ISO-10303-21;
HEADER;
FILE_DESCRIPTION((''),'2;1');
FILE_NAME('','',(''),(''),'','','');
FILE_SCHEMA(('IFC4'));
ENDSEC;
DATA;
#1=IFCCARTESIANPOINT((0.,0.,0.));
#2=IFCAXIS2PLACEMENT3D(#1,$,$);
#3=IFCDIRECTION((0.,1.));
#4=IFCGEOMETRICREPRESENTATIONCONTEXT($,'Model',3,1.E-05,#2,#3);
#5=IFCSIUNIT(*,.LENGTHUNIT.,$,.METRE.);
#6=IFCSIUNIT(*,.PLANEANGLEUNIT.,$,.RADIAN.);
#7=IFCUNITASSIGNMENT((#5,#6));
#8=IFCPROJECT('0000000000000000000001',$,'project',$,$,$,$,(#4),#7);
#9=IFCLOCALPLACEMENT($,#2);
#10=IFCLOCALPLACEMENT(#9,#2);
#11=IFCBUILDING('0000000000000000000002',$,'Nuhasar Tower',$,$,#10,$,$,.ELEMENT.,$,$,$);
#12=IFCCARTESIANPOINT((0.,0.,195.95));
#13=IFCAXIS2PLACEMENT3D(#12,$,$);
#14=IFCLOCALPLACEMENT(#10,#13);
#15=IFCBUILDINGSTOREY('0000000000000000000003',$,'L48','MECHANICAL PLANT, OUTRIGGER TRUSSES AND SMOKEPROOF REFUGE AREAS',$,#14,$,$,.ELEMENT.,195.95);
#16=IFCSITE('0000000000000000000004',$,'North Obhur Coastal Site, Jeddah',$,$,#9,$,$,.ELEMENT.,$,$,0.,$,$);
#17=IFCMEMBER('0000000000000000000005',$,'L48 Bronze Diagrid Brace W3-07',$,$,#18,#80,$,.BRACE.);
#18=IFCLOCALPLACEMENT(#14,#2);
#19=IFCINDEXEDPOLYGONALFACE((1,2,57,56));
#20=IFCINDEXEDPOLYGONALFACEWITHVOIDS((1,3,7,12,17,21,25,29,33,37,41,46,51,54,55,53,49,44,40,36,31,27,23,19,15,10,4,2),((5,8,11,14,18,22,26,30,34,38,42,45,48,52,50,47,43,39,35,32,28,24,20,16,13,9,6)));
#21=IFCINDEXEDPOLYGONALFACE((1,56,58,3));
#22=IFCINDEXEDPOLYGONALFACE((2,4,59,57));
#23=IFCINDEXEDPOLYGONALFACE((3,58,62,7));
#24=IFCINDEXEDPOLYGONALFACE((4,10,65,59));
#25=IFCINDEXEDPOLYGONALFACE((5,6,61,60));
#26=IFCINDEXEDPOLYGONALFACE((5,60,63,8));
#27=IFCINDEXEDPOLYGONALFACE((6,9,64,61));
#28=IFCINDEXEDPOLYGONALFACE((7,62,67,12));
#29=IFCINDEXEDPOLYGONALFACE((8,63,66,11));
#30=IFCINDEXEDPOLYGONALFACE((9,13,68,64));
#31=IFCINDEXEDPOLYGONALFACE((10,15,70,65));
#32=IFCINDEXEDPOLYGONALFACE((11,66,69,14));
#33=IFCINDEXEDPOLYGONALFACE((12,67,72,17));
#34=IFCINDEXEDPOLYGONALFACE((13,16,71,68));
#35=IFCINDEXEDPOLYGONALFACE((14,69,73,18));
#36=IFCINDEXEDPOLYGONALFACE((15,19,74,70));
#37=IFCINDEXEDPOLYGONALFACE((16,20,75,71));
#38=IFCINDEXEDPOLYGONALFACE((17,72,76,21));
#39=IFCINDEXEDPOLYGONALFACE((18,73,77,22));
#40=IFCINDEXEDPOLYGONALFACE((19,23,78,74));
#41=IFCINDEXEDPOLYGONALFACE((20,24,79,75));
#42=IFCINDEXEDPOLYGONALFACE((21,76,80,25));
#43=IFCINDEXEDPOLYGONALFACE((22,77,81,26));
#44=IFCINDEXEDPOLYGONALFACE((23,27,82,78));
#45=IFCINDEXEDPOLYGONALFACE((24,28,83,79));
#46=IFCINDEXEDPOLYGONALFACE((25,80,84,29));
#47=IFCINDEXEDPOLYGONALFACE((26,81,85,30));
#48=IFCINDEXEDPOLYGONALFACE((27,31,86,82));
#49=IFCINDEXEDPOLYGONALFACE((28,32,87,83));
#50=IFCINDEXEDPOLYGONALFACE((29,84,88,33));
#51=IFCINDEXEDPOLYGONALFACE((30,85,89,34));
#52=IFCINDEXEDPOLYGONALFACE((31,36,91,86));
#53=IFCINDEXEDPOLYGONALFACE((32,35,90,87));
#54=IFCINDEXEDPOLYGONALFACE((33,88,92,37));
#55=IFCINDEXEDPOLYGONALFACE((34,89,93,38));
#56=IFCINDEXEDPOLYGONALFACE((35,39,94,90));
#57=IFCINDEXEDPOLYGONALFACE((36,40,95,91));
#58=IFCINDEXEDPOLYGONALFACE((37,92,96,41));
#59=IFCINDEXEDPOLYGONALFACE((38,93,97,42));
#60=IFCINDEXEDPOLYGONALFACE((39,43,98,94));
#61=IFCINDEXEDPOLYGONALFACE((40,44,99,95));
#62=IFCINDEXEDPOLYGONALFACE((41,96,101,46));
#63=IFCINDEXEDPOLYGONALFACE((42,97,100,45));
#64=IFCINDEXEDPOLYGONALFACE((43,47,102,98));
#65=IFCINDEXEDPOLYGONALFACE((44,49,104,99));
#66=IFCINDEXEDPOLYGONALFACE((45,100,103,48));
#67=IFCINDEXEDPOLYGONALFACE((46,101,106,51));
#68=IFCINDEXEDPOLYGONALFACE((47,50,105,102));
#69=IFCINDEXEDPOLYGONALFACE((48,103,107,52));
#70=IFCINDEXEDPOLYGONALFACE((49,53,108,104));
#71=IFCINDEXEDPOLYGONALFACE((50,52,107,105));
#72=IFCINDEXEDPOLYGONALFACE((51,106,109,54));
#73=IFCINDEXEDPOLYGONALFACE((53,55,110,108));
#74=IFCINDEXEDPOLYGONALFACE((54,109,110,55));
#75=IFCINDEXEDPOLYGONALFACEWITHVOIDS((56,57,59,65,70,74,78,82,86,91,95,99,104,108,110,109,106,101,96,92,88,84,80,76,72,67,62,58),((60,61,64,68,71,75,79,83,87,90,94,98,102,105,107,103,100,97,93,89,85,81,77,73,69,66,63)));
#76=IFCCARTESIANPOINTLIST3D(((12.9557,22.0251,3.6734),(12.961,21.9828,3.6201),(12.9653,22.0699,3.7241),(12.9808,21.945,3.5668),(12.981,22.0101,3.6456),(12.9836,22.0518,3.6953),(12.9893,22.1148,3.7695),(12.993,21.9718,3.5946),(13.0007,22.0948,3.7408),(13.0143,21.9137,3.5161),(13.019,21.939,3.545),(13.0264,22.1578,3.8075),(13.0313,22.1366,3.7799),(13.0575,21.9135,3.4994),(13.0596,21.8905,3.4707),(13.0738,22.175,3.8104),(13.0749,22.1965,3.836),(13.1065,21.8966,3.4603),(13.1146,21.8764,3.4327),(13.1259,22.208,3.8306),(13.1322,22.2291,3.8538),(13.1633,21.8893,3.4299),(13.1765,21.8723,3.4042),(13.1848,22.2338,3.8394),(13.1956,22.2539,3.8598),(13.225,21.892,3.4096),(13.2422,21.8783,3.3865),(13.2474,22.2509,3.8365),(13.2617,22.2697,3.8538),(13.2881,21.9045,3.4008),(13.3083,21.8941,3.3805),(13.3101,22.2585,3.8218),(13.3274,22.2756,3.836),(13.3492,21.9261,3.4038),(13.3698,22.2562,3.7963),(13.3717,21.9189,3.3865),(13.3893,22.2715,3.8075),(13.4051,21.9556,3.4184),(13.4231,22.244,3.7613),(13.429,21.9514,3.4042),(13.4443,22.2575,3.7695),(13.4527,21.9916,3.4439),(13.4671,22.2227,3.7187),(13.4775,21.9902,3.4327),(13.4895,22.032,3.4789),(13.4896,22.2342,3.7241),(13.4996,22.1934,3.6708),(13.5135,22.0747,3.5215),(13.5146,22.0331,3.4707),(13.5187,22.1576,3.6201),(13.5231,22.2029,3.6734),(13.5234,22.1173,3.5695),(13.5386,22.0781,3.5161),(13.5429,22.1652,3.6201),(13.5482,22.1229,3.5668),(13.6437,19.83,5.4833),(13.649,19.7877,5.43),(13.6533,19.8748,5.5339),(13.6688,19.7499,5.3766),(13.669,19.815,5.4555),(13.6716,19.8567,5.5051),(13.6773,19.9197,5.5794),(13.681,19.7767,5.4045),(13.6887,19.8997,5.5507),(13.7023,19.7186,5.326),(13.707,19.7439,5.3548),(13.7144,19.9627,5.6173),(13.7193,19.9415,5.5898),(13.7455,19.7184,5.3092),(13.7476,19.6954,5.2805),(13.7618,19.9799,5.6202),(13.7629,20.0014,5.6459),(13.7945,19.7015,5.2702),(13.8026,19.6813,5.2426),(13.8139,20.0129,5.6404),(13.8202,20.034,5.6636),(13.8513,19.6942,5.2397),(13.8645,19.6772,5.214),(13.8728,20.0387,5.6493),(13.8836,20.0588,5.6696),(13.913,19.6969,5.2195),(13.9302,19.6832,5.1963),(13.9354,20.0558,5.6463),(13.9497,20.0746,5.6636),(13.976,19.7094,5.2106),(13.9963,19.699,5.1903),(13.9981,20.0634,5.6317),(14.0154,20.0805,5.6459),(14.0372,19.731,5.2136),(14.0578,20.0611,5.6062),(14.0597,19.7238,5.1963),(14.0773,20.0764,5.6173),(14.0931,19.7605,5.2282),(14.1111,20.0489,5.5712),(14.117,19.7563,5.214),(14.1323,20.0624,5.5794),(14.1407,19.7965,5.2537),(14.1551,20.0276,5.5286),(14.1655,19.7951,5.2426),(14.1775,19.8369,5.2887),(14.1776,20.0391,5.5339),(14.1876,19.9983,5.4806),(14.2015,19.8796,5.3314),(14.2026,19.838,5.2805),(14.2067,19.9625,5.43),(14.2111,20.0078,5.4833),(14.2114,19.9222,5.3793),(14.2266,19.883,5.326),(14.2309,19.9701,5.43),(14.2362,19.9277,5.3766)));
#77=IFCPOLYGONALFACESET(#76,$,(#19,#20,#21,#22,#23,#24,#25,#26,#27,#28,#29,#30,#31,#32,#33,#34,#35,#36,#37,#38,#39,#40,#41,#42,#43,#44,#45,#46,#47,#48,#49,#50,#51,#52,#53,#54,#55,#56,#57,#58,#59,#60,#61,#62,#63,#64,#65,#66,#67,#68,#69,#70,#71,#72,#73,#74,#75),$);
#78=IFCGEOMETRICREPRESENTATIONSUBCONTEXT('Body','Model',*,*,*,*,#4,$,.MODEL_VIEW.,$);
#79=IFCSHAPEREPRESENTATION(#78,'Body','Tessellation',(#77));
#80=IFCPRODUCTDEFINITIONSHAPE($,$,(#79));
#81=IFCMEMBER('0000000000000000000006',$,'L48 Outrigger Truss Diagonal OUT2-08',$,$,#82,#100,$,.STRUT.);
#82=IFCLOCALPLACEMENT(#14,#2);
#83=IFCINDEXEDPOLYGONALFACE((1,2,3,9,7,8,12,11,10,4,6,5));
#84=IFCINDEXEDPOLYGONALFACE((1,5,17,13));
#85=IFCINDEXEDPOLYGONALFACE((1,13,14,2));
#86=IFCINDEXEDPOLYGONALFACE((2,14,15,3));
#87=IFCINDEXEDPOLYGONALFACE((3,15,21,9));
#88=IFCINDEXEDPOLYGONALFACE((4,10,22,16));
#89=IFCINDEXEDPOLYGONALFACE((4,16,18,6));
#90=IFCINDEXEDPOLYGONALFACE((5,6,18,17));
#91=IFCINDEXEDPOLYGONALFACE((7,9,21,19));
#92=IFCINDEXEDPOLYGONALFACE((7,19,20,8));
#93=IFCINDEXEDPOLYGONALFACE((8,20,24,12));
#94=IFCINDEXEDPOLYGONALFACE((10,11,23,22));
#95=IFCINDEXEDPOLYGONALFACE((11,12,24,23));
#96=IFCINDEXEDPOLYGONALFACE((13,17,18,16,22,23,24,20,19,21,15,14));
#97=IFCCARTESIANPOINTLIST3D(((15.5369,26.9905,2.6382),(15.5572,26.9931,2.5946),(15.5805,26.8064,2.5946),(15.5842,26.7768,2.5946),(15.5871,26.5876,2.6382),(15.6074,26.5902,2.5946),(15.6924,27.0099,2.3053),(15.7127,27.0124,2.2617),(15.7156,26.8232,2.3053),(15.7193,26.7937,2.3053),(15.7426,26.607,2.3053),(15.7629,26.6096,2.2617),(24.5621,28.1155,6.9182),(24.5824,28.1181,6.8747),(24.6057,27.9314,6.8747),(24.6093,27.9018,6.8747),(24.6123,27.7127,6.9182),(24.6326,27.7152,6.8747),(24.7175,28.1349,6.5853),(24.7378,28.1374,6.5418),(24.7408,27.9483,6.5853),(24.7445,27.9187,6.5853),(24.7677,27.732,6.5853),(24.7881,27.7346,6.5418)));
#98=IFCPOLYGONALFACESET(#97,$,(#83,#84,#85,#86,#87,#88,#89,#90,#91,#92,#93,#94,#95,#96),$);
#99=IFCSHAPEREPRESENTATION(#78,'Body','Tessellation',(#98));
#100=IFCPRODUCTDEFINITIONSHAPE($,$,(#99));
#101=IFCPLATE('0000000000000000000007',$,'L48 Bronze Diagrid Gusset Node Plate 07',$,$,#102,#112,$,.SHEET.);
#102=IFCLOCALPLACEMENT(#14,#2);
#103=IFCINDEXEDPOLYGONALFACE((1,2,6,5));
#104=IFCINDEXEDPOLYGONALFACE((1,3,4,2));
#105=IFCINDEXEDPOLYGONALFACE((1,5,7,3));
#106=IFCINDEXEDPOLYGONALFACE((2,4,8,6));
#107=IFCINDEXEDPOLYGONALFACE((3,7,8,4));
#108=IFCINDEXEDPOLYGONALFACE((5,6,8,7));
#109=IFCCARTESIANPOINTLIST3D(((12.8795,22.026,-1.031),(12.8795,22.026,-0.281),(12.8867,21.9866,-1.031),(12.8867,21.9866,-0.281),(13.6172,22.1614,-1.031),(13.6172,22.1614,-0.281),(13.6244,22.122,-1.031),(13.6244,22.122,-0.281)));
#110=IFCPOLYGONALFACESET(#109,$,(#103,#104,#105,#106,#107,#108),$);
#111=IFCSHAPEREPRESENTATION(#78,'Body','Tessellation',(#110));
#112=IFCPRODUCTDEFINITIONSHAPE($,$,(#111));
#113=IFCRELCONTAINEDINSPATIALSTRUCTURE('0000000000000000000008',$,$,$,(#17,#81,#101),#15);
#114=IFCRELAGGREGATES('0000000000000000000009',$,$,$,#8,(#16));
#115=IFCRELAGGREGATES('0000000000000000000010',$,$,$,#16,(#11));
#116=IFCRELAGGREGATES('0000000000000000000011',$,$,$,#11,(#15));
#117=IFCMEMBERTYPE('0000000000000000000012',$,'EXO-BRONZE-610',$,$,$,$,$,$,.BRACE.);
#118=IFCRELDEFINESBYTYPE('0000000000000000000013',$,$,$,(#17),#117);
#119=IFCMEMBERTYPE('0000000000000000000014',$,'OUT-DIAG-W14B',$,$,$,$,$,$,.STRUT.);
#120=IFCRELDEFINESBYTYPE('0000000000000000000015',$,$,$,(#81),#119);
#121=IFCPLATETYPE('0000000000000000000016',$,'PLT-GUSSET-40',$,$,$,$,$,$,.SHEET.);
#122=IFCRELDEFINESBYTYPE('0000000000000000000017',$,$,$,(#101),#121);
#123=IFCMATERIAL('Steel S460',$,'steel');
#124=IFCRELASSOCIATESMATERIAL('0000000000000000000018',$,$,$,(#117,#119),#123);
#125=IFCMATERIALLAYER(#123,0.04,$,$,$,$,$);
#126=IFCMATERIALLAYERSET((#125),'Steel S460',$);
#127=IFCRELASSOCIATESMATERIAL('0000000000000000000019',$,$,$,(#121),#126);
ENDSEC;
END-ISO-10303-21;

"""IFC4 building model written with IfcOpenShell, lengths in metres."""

from ifc_helpers import new_model, si_unit, direction, frame, origin, origin_2d, place, context, subcontext, project, spatial, rectangle, hollow_circle, i_section, extrude, material, layer, layer_set, material_profile, profile_set, type_object, element, save


model = new_model("IFC4")

# Units and contexts
model_context = context("Model", 3, precision=1e-05, world=origin(), true_north=direction((0.0, 1.0)))
body_context = subcontext(model_context, "Body", "Model", "MODEL_VIEW")
ifc_project = project(units=[si_unit("LENGTHUNIT", "METRE"), si_unit("PLANEANGLEUNIT", "RADIAN")], contexts=[model_context])

# Site, building, storey
site_placement = place(None, origin())
site = spatial("IfcSite", under=ifc_project, at=site_placement, Name="North Obhur Coastal Site, Jeddah", CompositionType="ELEMENT", RefElevation=0.0)
building_placement = place(site_placement, origin())
building = spatial("IfcBuilding", under=site, at=building_placement, Name="Nuhasar Tower", CompositionType="ELEMENT")
storey_placement = place(building_placement, frame((0.0, 0.0, 195.95)))
storey = spatial("IfcBuildingStorey", under=building, at=storey_placement, Name="L48", Description="MECHANICAL PLANT, OUTRIGGER TRUSSES AND SMOKEPROOF REFUGE AREAS", CompositionType="ELEMENT", Elevation=195.95)

# Shared definitions
ifc_material_1 = material(Name="Steel S460", Category="steel")

# Members
ifc_material_profile_1 = material_profile(ifc_material_1, hollow_circle(Radius=0.3049, WallThickness=0.0254, at=origin_2d()), Name="HSS610X25.4")
ifc_profile_set_1 = profile_set([ifc_material_profile_1], Name="Steel S460")
member_type_1 = type_object("IfcMemberType", Name="EXO-BRONZE-610", PredefinedType="BRACE", material=ifc_profile_set_1)
for number, where, z_axis, x_axis, name in (
    (1, (13.252, 22.074, 3.6201), (0.235052, -0.749949, 0.618326), (0.954228, 0.299079, 0.0), "L48 Bronze Diagrid Brace W3-07"),
):
    element("IfcMember", number, at=place(storey_placement, frame(where, z_axis=z_axis, x_axis=x_axis)), inside=storey, type_object=member_type_1, Name=name, PredefinedType="BRACE", context=body_context, shape_type="SweptSolid", body=[
        extrude(hollow_circle(Radius=0.3049, WallThickness=0.0254, at=origin_2d()), origin(), (0.0, 0.0, 1.0), 2.927),
    ])
ifc_material_profile_2 = material_profile(ifc_material_1, i_section(OverallWidth=0.406, OverallDepth=0.416, WebThickness=0.0298, FlangeThickness=0.0481, at=origin_2d()), Name="W14X257")
ifc_profile_set_2 = profile_set([ifc_material_profile_2], Name="Steel S460")
member_type_2 = type_object("IfcMemberType", Name="OUT-DIAG-W14B", PredefinedType="STRUT", material=ifc_profile_set_2)
member_placement = place(storey_placement, frame((15.6499, 26.8, 2.45), z_axis=(0.897869, 0.111921, 0.4258), x_axis=(-0.123694, 0.99232, 0.0)))
element("IfcMember", 2, at=member_placement, inside=storey, type_object=member_type_2, Name="L48 Outrigger Truss Diagonal OUT2-08", PredefinedType="STRUT", context=body_context, shape_type="SweptSolid", body=[
    extrude(i_section(OverallWidth=0.406, OverallDepth=0.416, WebThickness=0.0298, FlangeThickness=0.0481, at=origin_2d()), origin(), (0.0, 0.0, 1.0), 10.0518),
])

# Plate
ifc_layer_1 = layer(ifc_material_1, 0.04)
ifc_layer_set_1 = layer_set([ifc_layer_1], Name="Steel S460")
plate_type = type_object("IfcPlateType", Name="PLT-GUSSET-40", PredefinedType="SHEET", material=ifc_layer_set_1)
plate_placement = place(storey_placement, frame((13.252, 22.074, -1.031), z_axis=(0.0, 0.0, 1.0), x_axis=(-0.983568, -0.180536, 0.0)))
element("IfcPlate", 3, at=plate_placement, inside=storey, type_object=plate_type, Name="L48 Bronze Diagrid Gusset Node Plate 07", PredefinedType="SHEET", context=body_context, shape_type="SweptSolid", body=[
    extrude(rectangle(XDim=0.75, YDim=0.04, at=origin_2d()), origin(), (0.0, 0.0, 1.0), 0.75),
])

save(model, "model.ifc")
